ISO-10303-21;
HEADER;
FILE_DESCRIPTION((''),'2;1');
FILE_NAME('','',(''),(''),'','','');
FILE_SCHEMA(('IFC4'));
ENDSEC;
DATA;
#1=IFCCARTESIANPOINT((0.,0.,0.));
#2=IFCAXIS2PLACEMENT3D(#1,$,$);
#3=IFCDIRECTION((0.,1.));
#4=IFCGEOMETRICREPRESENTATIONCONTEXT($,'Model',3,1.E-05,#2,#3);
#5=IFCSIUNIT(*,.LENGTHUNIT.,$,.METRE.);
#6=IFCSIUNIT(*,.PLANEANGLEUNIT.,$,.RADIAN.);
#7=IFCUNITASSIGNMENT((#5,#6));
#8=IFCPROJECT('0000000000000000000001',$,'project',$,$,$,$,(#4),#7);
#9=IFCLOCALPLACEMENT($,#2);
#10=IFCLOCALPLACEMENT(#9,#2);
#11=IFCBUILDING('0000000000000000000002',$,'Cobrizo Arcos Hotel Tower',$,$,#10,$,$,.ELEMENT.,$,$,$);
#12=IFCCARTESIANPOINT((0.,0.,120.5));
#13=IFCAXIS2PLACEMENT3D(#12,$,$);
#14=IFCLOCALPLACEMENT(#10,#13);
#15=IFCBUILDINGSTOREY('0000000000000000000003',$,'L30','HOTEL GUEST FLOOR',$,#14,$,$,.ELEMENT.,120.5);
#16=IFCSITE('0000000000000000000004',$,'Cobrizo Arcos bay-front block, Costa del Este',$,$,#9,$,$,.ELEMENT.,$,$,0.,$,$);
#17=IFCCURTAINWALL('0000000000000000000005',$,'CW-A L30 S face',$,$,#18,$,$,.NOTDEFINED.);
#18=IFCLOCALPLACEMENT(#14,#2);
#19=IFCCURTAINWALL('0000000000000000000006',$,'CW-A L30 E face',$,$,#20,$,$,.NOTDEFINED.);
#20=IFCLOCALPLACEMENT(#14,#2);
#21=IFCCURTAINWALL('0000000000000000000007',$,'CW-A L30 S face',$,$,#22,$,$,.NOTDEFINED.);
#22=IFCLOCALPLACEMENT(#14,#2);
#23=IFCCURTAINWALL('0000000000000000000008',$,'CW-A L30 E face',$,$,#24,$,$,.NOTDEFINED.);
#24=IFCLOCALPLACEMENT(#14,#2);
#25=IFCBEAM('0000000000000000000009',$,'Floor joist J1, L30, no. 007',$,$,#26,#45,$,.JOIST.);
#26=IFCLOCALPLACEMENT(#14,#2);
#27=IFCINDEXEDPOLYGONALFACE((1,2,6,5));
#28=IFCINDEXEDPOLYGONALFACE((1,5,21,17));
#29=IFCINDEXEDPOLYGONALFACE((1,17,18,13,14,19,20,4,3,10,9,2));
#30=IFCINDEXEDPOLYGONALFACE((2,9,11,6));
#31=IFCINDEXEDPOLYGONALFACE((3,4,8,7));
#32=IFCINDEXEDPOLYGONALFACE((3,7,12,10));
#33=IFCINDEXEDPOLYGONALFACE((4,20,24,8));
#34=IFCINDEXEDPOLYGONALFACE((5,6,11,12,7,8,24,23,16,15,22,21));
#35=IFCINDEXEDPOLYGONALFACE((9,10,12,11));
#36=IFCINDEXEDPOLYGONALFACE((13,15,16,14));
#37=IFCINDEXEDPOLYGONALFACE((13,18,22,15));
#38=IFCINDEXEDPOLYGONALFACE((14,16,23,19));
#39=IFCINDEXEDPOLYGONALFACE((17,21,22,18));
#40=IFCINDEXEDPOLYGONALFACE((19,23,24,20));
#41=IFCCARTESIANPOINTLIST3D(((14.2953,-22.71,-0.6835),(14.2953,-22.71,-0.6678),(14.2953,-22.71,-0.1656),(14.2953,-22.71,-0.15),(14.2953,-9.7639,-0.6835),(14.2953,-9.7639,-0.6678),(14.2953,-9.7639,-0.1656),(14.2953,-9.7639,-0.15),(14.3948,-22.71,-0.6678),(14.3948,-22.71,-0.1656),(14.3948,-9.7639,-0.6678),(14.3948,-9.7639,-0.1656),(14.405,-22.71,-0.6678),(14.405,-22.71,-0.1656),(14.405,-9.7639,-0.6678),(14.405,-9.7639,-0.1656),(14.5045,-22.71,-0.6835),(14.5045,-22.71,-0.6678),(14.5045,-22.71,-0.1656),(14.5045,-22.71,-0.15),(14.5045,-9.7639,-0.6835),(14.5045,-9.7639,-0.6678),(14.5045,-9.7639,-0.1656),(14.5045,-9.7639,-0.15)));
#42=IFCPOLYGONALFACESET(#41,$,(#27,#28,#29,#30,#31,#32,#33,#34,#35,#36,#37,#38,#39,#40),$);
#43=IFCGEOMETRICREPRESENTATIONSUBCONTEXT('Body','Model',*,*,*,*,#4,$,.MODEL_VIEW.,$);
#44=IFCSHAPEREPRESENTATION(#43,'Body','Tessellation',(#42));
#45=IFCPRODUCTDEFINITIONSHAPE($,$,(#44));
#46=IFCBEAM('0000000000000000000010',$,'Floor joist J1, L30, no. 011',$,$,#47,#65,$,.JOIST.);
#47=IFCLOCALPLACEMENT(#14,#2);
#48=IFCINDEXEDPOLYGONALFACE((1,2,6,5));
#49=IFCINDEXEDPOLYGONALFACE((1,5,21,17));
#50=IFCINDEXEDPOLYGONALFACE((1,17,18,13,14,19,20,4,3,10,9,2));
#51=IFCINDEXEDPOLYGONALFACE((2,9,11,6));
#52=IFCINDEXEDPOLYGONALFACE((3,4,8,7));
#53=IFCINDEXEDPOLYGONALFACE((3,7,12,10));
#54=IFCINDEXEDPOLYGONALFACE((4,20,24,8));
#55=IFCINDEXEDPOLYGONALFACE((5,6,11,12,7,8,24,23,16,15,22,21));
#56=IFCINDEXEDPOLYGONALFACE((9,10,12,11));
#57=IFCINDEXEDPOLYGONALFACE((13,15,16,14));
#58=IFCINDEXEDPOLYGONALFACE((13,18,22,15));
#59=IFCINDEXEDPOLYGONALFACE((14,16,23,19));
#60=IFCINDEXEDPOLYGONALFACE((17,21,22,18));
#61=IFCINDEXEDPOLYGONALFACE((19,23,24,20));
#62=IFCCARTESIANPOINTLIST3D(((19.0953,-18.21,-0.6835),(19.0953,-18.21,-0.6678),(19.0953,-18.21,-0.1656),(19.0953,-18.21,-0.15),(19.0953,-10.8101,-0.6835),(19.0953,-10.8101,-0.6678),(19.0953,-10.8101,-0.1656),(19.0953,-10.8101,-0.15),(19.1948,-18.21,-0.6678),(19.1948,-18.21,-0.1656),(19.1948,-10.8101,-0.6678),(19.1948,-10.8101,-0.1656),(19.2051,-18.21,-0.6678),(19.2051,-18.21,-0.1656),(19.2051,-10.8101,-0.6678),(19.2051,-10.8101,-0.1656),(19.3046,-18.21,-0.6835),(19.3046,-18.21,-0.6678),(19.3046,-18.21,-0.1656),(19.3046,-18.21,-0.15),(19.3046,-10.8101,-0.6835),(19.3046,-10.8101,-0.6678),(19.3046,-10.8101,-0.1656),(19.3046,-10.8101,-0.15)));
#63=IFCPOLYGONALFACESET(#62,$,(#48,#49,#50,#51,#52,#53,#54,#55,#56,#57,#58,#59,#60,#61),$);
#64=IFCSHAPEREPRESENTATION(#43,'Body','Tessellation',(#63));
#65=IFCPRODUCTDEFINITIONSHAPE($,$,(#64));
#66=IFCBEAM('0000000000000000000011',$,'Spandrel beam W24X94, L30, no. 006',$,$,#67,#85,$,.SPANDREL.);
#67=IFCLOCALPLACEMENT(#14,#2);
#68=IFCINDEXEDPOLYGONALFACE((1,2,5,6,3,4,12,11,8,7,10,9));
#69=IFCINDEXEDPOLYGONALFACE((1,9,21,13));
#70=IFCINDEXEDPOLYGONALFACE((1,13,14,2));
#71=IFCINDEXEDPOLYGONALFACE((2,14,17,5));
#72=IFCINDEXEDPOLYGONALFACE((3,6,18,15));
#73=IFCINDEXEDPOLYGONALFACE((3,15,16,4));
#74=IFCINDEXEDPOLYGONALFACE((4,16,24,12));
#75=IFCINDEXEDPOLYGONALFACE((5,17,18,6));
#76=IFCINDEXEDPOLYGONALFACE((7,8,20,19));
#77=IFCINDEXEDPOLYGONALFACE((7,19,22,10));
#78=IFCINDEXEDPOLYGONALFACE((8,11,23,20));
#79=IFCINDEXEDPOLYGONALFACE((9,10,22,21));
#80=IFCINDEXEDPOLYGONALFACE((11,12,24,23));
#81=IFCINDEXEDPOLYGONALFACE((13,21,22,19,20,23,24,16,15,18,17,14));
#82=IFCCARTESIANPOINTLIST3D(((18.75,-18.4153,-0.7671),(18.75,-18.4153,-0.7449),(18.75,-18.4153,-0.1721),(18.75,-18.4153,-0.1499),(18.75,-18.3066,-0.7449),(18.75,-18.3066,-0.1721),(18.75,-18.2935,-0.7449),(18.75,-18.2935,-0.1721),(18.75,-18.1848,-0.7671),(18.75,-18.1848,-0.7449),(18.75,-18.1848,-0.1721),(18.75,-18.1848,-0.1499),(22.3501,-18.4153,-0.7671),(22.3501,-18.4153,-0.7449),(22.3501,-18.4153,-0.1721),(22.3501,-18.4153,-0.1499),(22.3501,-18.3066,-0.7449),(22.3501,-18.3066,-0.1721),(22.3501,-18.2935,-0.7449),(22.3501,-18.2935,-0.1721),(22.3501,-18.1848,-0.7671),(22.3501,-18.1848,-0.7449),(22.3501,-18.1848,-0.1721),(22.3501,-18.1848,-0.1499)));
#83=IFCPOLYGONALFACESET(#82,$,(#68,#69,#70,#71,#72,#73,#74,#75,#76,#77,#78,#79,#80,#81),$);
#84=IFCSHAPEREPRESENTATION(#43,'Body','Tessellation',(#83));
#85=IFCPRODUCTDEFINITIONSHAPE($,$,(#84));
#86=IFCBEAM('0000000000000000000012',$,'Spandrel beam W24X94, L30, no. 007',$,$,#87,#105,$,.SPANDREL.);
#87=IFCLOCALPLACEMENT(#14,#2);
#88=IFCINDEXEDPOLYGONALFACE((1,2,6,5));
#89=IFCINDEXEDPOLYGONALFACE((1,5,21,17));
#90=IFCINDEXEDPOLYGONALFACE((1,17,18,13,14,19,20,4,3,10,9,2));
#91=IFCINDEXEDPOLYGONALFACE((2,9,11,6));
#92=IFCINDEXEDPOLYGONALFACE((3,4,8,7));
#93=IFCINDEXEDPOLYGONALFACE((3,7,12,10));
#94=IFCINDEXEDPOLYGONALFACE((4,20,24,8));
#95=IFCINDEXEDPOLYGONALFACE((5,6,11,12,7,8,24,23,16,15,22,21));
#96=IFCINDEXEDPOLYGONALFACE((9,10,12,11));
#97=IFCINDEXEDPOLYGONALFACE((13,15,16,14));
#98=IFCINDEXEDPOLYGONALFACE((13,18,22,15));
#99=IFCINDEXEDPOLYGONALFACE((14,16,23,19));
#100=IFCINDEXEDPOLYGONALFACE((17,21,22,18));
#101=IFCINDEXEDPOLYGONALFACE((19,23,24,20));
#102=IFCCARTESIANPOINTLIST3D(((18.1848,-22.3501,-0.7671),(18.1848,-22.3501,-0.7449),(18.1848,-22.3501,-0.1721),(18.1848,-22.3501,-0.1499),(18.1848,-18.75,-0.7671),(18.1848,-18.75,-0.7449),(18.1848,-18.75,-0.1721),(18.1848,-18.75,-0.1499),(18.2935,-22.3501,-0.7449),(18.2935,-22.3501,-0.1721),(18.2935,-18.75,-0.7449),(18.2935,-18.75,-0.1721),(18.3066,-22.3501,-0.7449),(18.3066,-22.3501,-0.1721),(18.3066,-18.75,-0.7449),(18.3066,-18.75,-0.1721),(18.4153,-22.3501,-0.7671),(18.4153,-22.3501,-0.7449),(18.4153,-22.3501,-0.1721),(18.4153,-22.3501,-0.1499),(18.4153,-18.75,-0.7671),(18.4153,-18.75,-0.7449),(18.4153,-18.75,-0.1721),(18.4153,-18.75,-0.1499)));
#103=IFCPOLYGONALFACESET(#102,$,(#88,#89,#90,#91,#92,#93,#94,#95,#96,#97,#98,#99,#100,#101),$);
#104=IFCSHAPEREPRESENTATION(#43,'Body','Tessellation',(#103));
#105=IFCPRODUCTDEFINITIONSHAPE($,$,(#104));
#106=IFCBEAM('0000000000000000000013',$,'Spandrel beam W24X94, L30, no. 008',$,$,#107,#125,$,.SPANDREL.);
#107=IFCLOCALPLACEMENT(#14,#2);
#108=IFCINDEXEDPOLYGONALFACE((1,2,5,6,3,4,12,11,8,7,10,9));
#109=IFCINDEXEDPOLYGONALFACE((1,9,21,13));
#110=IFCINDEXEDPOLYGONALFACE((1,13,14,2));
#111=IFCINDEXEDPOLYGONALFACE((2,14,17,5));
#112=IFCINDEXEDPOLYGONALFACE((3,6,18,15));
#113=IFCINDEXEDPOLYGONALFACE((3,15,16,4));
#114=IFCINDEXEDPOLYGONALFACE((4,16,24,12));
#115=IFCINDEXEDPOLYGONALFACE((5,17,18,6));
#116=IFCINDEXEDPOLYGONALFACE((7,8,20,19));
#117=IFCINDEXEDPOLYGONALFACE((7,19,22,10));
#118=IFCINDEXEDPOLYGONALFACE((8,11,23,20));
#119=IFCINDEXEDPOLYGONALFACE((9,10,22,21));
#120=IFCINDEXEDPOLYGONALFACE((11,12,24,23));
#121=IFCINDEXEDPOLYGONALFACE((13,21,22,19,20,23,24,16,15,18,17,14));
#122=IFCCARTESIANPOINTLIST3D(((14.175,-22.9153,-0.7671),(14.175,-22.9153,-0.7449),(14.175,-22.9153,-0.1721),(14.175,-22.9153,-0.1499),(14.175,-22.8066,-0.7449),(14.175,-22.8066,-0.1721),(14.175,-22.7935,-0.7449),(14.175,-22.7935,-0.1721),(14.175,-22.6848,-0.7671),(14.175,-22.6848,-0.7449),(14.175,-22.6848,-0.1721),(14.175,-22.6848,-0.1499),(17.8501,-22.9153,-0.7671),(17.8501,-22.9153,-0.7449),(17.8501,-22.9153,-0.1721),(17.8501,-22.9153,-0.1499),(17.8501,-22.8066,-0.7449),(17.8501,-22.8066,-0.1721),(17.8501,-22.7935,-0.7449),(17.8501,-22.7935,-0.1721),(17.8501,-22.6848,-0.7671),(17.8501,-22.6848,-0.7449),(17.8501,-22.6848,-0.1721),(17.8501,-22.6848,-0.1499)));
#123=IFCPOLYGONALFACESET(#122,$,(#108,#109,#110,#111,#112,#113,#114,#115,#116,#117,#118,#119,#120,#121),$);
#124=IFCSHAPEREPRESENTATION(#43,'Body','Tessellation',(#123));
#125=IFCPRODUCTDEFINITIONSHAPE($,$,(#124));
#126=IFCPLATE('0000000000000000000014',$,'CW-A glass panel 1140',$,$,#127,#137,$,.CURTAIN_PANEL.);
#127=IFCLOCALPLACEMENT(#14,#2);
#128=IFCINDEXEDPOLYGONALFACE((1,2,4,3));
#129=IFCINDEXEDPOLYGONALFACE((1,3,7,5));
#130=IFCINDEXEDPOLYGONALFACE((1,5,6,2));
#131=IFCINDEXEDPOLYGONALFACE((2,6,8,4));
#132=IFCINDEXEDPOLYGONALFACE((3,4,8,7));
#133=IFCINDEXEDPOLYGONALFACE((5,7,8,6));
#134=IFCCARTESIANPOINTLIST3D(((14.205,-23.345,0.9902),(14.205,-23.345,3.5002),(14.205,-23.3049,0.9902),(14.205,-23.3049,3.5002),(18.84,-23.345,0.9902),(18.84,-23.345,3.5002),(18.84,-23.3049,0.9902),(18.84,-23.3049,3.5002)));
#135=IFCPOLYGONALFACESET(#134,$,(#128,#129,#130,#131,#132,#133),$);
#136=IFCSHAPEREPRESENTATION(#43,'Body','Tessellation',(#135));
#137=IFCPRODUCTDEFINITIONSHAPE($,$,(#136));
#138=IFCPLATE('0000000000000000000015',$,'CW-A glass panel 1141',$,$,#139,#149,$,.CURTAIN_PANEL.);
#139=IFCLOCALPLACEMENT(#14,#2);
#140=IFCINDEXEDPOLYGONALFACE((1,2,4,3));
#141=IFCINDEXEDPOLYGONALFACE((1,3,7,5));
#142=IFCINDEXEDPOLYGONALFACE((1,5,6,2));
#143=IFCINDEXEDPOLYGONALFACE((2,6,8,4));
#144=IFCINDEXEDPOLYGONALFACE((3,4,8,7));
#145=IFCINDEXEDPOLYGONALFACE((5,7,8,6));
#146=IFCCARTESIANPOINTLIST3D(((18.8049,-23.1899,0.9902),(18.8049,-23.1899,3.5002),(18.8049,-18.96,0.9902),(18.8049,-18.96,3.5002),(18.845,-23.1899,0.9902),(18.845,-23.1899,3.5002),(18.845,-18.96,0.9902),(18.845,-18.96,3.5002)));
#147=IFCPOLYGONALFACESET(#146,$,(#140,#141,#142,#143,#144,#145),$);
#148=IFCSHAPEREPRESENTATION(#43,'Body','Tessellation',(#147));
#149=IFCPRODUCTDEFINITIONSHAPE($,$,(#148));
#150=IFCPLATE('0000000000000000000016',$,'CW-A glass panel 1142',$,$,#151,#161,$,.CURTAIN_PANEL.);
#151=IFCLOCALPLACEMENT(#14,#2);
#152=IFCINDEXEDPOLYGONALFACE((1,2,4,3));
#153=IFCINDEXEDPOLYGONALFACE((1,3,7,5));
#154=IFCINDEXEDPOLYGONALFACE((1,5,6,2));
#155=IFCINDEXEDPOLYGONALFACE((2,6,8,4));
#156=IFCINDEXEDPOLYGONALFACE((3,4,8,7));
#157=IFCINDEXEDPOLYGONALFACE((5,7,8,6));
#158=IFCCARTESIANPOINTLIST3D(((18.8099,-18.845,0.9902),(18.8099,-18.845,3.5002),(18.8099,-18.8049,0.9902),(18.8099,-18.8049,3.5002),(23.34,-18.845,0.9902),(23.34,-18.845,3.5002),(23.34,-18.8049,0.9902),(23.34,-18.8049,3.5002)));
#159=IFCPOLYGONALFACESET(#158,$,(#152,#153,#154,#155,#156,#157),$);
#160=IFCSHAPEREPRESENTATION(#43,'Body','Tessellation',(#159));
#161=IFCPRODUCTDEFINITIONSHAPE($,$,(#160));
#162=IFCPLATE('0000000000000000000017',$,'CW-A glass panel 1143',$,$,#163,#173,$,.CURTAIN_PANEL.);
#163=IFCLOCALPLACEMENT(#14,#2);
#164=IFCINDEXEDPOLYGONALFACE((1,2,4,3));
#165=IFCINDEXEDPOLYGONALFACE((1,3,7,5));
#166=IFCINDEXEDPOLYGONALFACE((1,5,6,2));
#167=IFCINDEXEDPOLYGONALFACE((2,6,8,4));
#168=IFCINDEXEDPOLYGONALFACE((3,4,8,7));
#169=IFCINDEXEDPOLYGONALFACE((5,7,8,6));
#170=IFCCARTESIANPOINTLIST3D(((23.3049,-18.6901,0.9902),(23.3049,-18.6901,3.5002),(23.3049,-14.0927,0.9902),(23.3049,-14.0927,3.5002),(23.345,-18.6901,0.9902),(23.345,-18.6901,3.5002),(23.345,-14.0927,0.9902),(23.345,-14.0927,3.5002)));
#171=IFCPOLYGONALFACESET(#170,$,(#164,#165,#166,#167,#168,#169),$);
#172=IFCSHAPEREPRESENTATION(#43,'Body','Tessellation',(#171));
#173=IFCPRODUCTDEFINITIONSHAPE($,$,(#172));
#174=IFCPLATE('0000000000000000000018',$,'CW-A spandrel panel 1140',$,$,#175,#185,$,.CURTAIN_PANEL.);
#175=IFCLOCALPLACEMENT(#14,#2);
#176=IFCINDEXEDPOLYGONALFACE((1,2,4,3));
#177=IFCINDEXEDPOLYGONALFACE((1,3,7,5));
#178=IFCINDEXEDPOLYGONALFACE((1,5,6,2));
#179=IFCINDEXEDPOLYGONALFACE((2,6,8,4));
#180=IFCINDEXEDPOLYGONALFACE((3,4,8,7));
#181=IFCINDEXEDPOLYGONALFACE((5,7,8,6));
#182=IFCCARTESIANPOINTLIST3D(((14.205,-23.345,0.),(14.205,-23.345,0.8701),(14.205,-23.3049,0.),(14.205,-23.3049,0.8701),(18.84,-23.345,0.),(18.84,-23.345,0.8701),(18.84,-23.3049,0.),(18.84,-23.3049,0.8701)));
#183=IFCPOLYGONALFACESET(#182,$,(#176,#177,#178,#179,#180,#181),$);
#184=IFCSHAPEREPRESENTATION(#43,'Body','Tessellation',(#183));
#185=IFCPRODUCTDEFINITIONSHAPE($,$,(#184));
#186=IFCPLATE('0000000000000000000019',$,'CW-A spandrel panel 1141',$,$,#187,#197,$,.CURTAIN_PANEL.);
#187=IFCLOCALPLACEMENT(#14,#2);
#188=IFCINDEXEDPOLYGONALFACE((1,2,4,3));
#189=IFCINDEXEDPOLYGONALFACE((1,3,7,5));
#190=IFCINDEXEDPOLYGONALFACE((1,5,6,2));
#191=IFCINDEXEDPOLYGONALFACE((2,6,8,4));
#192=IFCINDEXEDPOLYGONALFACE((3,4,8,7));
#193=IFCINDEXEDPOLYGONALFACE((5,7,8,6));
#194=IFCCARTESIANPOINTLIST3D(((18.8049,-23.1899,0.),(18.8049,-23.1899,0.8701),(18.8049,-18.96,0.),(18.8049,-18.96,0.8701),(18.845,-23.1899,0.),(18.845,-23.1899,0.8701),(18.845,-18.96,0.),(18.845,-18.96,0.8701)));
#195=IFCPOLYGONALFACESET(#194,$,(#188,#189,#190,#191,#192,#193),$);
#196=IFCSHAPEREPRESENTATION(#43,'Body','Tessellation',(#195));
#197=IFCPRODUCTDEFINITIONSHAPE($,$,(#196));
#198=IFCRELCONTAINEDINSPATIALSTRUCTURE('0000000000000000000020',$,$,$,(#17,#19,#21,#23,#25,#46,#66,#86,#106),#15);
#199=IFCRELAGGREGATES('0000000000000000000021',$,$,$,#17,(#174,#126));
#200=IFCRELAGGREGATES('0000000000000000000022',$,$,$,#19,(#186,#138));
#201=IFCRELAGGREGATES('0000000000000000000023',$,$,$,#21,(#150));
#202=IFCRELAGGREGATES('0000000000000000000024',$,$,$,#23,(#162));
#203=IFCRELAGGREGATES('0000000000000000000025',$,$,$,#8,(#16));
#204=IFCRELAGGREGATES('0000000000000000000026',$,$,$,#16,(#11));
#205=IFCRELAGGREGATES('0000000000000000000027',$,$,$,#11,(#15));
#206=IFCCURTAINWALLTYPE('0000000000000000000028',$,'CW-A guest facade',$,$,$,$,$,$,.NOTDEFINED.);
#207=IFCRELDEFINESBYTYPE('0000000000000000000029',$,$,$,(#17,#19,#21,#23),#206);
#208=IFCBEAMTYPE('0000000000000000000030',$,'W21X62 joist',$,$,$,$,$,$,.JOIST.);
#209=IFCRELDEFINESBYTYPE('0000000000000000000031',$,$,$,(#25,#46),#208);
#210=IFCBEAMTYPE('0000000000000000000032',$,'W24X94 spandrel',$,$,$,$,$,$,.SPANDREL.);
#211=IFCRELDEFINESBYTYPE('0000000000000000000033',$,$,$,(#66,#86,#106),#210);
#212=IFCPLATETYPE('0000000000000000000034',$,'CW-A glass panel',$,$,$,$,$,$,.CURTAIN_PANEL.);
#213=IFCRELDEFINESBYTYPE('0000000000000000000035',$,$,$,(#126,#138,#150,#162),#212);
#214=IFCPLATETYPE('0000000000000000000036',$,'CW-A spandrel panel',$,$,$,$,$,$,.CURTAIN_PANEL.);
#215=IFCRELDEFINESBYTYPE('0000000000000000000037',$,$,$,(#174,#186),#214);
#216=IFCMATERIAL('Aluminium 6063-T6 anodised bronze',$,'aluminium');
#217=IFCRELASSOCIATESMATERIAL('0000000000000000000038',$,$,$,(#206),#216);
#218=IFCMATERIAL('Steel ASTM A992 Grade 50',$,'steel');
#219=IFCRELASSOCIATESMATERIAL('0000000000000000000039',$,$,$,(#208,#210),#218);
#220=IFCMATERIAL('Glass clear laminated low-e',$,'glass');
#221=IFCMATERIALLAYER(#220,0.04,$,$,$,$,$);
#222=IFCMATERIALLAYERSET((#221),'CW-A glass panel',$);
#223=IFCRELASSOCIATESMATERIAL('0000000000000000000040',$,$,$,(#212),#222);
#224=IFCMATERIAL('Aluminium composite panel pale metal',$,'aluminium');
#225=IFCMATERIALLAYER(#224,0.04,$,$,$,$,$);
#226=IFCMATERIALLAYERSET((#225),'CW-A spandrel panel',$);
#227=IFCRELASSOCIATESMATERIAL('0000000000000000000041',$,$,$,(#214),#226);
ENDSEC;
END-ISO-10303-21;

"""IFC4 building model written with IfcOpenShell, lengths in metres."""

from ifc_helpers import new_model, si_unit, direction, frame, origin, origin_2d, place, context, subcontext, project, spatial, rectangle, i_section, extrude, material, layer, layer_set, material_profile, profile_set, type_object, element, aggregate, save


model = new_model("IFC4")

# Units and contexts
model_context = context("Model", 3, precision=1e-05, world=origin(), true_north=direction((0.0, 1.0)))
body_context = subcontext(model_context, "Body", "Model", "MODEL_VIEW")
ifc_project = project(units=[si_unit("LENGTHUNIT", "METRE"), si_unit("PLANEANGLEUNIT", "RADIAN")], contexts=[model_context])

# Site, building, storey
site_placement = place(None, origin())
site = spatial("IfcSite", under=ifc_project, at=site_placement, Name="Cobrizo Arcos bay-front block, Costa del Este", CompositionType="ELEMENT", RefElevation=0.0)
building_placement = place(site_placement, origin())
building = spatial("IfcBuilding", under=site, at=building_placement, Name="Cobrizo Arcos Hotel Tower", CompositionType="ELEMENT")
storey_placement = place(building_placement, frame((0.0, 0.0, 120.5)))
storey = spatial("IfcBuildingStorey", under=building, at=storey_placement, Name="L30", Description="HOTEL GUEST FLOOR", CompositionType="ELEMENT", Elevation=120.5)

# Curtain wall
ifc_material_1 = material(Name="Aluminium 6063-T6 anodised bronze", Category="aluminium")
curtain_wall_type = type_object("IfcCurtainWallType", Name="CW-A guest facade", PredefinedType="NOTDEFINED", material=ifc_material_1)
curtain_wall_1_placement = place(storey_placement, origin())
curtain_wall_1 = element("IfcCurtainWall", 1, at=curtain_wall_1_placement, inside=storey, type_object=curtain_wall_type, Name="CW-A L30 S face", PredefinedType="NOTDEFINED")

# Curtain walls
curtain_wall_2_placement = place(storey_placement, origin())
curtain_wall_2 = element("IfcCurtainWall", 2, at=curtain_wall_2_placement, inside=storey, type_object=curtain_wall_type, Name="CW-A L30 E face", PredefinedType="NOTDEFINED")
curtain_wall_3_placement = place(storey_placement, origin())
curtain_wall_3 = element("IfcCurtainWall", 3, at=curtain_wall_3_placement, inside=storey, type_object=curtain_wall_type, Name="CW-A L30 S face", PredefinedType="NOTDEFINED")

# Curtain wall
curtain_wall_4_placement = place(storey_placement, origin())
curtain_wall_4 = element("IfcCurtainWall", 4, at=curtain_wall_4_placement, inside=storey, type_object=curtain_wall_type, Name="CW-A L30 E face", PredefinedType="NOTDEFINED")

# Beams
ifc_material_2 = material(Name="Steel ASTM A992 Grade 50", Category="steel")
ifc_material_profile_1 = material_profile(ifc_material_2, i_section(OverallWidth=0.2092, OverallDepth=0.5334, WebThickness=0.0103, FlangeThickness=0.0156, at=origin_2d()), Name="W21X62")
ifc_profile_set_1 = profile_set([ifc_material_profile_1], Name="Steel ASTM A992 Grade 50")
beam_type_1 = type_object("IfcBeamType", Name="W21X62 joist", PredefinedType="JOIST", material=ifc_profile_set_1)
beam_1_placement = place(storey_placement, frame((14.3999, -22.71, -0.4167), z_axis=(0.0, 1.0, 0.0), x_axis=(-1.0, 0.0, 0.0)))
element("IfcBeam", 5, at=beam_1_placement, inside=storey, type_object=beam_type_1, Name="Floor joist J1, L30, no. 007", PredefinedType="JOIST", context=body_context, shape_type="SweptSolid", body=[
    extrude(i_section(OverallWidth=0.2092, OverallDepth=0.5334, WebThickness=0.0103, FlangeThickness=0.0156, at=origin_2d()), origin(), (0.0, 0.0, 1.0), 12.946),
])
beam_2_placement = place(storey_placement, frame((19.2, -18.21, -0.4167), z_axis=(0.0, 1.0, 0.0), x_axis=(-1.0, 0.0, 0.0)))
element("IfcBeam", 6, at=beam_2_placement, inside=storey, type_object=beam_type_1, Name="Floor joist J1, L30, no. 011", PredefinedType="JOIST", context=body_context, shape_type="SweptSolid", body=[
    extrude(i_section(OverallWidth=0.2092, OverallDepth=0.5334, WebThickness=0.0103, FlangeThickness=0.0156, at=origin_2d()), origin(), (0.0, 0.0, 1.0), 7.3999),
])
ifc_material_profile_2 = material_profile(ifc_material_2, i_section(OverallWidth=0.2305, OverallDepth=0.6172, WebThickness=0.0132, FlangeThickness=0.0222, at=origin_2d()), Name="W24X94")
ifc_profile_set_2 = profile_set([ifc_material_profile_2], Name="Steel ASTM A992 Grade 50")
beam_type_2 = type_object("IfcBeamType", Name="W24X94 spandrel", PredefinedType="SPANDREL", material=ifc_profile_set_2)
for number, where, z_axis, x_axis, name in (
    (7, (22.3501, -18.3, -0.4585), (-1.0, 0.0, 0.0), (0.0, -1.0, 0.0), "Spandrel beam W24X94, L30, no. 006"),
    (8, (18.3, -18.75, -0.4585), (0.0, -1.0, 0.0), (1.0, 0.0, 0.0), "Spandrel beam W24X94, L30, no. 007"),
):
    element("IfcBeam", number, at=place(storey_placement, frame(where, z_axis=z_axis, x_axis=x_axis)), inside=storey, type_object=beam_type_2, Name=name, PredefinedType="SPANDREL", context=body_context, shape_type="SweptSolid", body=[
        extrude(i_section(OverallWidth=0.2305, OverallDepth=0.6172, WebThickness=0.0132, FlangeThickness=0.0222, at=origin_2d()), origin(), (0.0, 0.0, 1.0), 3.6001),
    ])
beam_3_placement = place(storey_placement, frame((17.8501, -22.8, -0.4585), z_axis=(-1.0, 0.0, 0.0), x_axis=(0.0, -1.0, 0.0)))
element("IfcBeam", 9, at=beam_3_placement, inside=storey, type_object=beam_type_2, Name="Spandrel beam W24X94, L30, no. 008", PredefinedType="SPANDREL", context=body_context, shape_type="SweptSolid", body=[
    extrude(i_section(OverallWidth=0.2305, OverallDepth=0.6172, WebThickness=0.0132, FlangeThickness=0.0222, at=origin_2d()), origin(), (0.0, 0.0, 1.0), 3.675),
])

# Plates
ifc_material_3 = material(Name="Glass clear laminated low-e", Category="glass")
ifc_layer_1 = layer(ifc_material_3, 0.04)
ifc_layer_set_1 = layer_set([ifc_layer_1], Name="CW-A glass panel")
plate_type_1 = type_object("IfcPlateType", Name="CW-A glass panel", PredefinedType="CURTAIN_PANEL", material=ifc_layer_set_1)
plate_1_placement = place(storey_placement, frame((16.5225, -23.325, 0.9902), z_axis=(0.0, 0.0, 1.0), x_axis=(1.0, 0.0, 0.0)))
plate_1 = element("IfcPlate", 10, at=plate_1_placement, type_object=plate_type_1, Name="CW-A glass panel 1140", PredefinedType="CURTAIN_PANEL", context=body_context, shape_type="SweptSolid", body=[
    extrude(rectangle(XDim=4.635, YDim=0.04, at=origin_2d()), origin(), (0.0, 0.0, 1.0), 2.51),
])
plate_2_placement = place(storey_placement, frame((18.825, -21.075, 0.9902), z_axis=(0.0, 0.0, 1.0), x_axis=(0.0, 1.0, 0.0)))
plate_2 = element("IfcPlate", 11, at=plate_2_placement, type_object=plate_type_1, Name="CW-A glass panel 1141", PredefinedType="CURTAIN_PANEL", context=body_context, shape_type="SweptSolid", body=[
    extrude(rectangle(XDim=4.23, YDim=0.04, at=origin_2d()), origin(), (0.0, 0.0, 1.0), 2.51),
])
plate_3_placement = place(storey_placement, frame((21.075, -18.825, 0.9902), z_axis=(0.0, 0.0, 1.0), x_axis=(1.0, 0.0, 0.0)))
plate_3 = element("IfcPlate", 12, at=plate_3_placement, type_object=plate_type_1, Name="CW-A glass panel 1142", PredefinedType="CURTAIN_PANEL", context=body_context, shape_type="SweptSolid", body=[
    extrude(rectangle(XDim=4.53, YDim=0.04, at=origin_2d()), origin(), (0.0, 0.0, 1.0), 2.51),
])
plate_4_placement = place(storey_placement, frame((23.325, -16.3914, 0.9902), z_axis=(0.0, 0.0, 1.0), x_axis=(0.0, 1.0, 0.0)))
plate_4 = element("IfcPlate", 13, at=plate_4_placement, type_object=plate_type_1, Name="CW-A glass panel 1143", PredefinedType="CURTAIN_PANEL", context=body_context, shape_type="SweptSolid", body=[
    extrude(rectangle(XDim=4.5974, YDim=0.04, at=origin_2d()), origin(), (0.0, 0.0, 1.0), 2.51),
])
ifc_material_4 = material(Name="Aluminium composite panel pale metal", Category="aluminium")
ifc_layer_2 = layer(ifc_material_4, 0.04)
ifc_layer_set_2 = layer_set([ifc_layer_2], Name="CW-A spandrel panel")
plate_type_2 = type_object("IfcPlateType", Name="CW-A spandrel panel", PredefinedType="CURTAIN_PANEL", material=ifc_layer_set_2)
plate_5_placement = place(storey_placement, frame((16.5225, -23.325, 0.0), z_axis=(0.0, 0.0, 1.0), x_axis=(1.0, 0.0, 0.0)))
plate_5 = element("IfcPlate", 14, at=plate_5_placement, type_object=plate_type_2, Name="CW-A spandrel panel 1140", PredefinedType="CURTAIN_PANEL", context=body_context, shape_type="SweptSolid", body=[
    extrude(rectangle(XDim=4.635, YDim=0.04, at=origin_2d()), origin(), (0.0, 0.0, 1.0), 0.8701),
])
aggregate(curtain_wall_1, [plate_5, plate_1])
plate_6_placement = place(storey_placement, frame((18.825, -21.075, 0.0), z_axis=(0.0, 0.0, 1.0), x_axis=(0.0, 1.0, 0.0)))
plate_6 = element("IfcPlate", 15, at=plate_6_placement, type_object=plate_type_2, Name="CW-A spandrel panel 1141", PredefinedType="CURTAIN_PANEL", context=body_context, shape_type="SweptSolid", body=[
    extrude(rectangle(XDim=4.23, YDim=0.04, at=origin_2d()), origin(), (0.0, 0.0, 1.0), 0.8701),
])
aggregate(curtain_wall_2, [plate_6, plate_2])
aggregate(curtain_wall_3, [plate_3])
aggregate(curtain_wall_4, [plate_4])

save(model, "model.ifc")
